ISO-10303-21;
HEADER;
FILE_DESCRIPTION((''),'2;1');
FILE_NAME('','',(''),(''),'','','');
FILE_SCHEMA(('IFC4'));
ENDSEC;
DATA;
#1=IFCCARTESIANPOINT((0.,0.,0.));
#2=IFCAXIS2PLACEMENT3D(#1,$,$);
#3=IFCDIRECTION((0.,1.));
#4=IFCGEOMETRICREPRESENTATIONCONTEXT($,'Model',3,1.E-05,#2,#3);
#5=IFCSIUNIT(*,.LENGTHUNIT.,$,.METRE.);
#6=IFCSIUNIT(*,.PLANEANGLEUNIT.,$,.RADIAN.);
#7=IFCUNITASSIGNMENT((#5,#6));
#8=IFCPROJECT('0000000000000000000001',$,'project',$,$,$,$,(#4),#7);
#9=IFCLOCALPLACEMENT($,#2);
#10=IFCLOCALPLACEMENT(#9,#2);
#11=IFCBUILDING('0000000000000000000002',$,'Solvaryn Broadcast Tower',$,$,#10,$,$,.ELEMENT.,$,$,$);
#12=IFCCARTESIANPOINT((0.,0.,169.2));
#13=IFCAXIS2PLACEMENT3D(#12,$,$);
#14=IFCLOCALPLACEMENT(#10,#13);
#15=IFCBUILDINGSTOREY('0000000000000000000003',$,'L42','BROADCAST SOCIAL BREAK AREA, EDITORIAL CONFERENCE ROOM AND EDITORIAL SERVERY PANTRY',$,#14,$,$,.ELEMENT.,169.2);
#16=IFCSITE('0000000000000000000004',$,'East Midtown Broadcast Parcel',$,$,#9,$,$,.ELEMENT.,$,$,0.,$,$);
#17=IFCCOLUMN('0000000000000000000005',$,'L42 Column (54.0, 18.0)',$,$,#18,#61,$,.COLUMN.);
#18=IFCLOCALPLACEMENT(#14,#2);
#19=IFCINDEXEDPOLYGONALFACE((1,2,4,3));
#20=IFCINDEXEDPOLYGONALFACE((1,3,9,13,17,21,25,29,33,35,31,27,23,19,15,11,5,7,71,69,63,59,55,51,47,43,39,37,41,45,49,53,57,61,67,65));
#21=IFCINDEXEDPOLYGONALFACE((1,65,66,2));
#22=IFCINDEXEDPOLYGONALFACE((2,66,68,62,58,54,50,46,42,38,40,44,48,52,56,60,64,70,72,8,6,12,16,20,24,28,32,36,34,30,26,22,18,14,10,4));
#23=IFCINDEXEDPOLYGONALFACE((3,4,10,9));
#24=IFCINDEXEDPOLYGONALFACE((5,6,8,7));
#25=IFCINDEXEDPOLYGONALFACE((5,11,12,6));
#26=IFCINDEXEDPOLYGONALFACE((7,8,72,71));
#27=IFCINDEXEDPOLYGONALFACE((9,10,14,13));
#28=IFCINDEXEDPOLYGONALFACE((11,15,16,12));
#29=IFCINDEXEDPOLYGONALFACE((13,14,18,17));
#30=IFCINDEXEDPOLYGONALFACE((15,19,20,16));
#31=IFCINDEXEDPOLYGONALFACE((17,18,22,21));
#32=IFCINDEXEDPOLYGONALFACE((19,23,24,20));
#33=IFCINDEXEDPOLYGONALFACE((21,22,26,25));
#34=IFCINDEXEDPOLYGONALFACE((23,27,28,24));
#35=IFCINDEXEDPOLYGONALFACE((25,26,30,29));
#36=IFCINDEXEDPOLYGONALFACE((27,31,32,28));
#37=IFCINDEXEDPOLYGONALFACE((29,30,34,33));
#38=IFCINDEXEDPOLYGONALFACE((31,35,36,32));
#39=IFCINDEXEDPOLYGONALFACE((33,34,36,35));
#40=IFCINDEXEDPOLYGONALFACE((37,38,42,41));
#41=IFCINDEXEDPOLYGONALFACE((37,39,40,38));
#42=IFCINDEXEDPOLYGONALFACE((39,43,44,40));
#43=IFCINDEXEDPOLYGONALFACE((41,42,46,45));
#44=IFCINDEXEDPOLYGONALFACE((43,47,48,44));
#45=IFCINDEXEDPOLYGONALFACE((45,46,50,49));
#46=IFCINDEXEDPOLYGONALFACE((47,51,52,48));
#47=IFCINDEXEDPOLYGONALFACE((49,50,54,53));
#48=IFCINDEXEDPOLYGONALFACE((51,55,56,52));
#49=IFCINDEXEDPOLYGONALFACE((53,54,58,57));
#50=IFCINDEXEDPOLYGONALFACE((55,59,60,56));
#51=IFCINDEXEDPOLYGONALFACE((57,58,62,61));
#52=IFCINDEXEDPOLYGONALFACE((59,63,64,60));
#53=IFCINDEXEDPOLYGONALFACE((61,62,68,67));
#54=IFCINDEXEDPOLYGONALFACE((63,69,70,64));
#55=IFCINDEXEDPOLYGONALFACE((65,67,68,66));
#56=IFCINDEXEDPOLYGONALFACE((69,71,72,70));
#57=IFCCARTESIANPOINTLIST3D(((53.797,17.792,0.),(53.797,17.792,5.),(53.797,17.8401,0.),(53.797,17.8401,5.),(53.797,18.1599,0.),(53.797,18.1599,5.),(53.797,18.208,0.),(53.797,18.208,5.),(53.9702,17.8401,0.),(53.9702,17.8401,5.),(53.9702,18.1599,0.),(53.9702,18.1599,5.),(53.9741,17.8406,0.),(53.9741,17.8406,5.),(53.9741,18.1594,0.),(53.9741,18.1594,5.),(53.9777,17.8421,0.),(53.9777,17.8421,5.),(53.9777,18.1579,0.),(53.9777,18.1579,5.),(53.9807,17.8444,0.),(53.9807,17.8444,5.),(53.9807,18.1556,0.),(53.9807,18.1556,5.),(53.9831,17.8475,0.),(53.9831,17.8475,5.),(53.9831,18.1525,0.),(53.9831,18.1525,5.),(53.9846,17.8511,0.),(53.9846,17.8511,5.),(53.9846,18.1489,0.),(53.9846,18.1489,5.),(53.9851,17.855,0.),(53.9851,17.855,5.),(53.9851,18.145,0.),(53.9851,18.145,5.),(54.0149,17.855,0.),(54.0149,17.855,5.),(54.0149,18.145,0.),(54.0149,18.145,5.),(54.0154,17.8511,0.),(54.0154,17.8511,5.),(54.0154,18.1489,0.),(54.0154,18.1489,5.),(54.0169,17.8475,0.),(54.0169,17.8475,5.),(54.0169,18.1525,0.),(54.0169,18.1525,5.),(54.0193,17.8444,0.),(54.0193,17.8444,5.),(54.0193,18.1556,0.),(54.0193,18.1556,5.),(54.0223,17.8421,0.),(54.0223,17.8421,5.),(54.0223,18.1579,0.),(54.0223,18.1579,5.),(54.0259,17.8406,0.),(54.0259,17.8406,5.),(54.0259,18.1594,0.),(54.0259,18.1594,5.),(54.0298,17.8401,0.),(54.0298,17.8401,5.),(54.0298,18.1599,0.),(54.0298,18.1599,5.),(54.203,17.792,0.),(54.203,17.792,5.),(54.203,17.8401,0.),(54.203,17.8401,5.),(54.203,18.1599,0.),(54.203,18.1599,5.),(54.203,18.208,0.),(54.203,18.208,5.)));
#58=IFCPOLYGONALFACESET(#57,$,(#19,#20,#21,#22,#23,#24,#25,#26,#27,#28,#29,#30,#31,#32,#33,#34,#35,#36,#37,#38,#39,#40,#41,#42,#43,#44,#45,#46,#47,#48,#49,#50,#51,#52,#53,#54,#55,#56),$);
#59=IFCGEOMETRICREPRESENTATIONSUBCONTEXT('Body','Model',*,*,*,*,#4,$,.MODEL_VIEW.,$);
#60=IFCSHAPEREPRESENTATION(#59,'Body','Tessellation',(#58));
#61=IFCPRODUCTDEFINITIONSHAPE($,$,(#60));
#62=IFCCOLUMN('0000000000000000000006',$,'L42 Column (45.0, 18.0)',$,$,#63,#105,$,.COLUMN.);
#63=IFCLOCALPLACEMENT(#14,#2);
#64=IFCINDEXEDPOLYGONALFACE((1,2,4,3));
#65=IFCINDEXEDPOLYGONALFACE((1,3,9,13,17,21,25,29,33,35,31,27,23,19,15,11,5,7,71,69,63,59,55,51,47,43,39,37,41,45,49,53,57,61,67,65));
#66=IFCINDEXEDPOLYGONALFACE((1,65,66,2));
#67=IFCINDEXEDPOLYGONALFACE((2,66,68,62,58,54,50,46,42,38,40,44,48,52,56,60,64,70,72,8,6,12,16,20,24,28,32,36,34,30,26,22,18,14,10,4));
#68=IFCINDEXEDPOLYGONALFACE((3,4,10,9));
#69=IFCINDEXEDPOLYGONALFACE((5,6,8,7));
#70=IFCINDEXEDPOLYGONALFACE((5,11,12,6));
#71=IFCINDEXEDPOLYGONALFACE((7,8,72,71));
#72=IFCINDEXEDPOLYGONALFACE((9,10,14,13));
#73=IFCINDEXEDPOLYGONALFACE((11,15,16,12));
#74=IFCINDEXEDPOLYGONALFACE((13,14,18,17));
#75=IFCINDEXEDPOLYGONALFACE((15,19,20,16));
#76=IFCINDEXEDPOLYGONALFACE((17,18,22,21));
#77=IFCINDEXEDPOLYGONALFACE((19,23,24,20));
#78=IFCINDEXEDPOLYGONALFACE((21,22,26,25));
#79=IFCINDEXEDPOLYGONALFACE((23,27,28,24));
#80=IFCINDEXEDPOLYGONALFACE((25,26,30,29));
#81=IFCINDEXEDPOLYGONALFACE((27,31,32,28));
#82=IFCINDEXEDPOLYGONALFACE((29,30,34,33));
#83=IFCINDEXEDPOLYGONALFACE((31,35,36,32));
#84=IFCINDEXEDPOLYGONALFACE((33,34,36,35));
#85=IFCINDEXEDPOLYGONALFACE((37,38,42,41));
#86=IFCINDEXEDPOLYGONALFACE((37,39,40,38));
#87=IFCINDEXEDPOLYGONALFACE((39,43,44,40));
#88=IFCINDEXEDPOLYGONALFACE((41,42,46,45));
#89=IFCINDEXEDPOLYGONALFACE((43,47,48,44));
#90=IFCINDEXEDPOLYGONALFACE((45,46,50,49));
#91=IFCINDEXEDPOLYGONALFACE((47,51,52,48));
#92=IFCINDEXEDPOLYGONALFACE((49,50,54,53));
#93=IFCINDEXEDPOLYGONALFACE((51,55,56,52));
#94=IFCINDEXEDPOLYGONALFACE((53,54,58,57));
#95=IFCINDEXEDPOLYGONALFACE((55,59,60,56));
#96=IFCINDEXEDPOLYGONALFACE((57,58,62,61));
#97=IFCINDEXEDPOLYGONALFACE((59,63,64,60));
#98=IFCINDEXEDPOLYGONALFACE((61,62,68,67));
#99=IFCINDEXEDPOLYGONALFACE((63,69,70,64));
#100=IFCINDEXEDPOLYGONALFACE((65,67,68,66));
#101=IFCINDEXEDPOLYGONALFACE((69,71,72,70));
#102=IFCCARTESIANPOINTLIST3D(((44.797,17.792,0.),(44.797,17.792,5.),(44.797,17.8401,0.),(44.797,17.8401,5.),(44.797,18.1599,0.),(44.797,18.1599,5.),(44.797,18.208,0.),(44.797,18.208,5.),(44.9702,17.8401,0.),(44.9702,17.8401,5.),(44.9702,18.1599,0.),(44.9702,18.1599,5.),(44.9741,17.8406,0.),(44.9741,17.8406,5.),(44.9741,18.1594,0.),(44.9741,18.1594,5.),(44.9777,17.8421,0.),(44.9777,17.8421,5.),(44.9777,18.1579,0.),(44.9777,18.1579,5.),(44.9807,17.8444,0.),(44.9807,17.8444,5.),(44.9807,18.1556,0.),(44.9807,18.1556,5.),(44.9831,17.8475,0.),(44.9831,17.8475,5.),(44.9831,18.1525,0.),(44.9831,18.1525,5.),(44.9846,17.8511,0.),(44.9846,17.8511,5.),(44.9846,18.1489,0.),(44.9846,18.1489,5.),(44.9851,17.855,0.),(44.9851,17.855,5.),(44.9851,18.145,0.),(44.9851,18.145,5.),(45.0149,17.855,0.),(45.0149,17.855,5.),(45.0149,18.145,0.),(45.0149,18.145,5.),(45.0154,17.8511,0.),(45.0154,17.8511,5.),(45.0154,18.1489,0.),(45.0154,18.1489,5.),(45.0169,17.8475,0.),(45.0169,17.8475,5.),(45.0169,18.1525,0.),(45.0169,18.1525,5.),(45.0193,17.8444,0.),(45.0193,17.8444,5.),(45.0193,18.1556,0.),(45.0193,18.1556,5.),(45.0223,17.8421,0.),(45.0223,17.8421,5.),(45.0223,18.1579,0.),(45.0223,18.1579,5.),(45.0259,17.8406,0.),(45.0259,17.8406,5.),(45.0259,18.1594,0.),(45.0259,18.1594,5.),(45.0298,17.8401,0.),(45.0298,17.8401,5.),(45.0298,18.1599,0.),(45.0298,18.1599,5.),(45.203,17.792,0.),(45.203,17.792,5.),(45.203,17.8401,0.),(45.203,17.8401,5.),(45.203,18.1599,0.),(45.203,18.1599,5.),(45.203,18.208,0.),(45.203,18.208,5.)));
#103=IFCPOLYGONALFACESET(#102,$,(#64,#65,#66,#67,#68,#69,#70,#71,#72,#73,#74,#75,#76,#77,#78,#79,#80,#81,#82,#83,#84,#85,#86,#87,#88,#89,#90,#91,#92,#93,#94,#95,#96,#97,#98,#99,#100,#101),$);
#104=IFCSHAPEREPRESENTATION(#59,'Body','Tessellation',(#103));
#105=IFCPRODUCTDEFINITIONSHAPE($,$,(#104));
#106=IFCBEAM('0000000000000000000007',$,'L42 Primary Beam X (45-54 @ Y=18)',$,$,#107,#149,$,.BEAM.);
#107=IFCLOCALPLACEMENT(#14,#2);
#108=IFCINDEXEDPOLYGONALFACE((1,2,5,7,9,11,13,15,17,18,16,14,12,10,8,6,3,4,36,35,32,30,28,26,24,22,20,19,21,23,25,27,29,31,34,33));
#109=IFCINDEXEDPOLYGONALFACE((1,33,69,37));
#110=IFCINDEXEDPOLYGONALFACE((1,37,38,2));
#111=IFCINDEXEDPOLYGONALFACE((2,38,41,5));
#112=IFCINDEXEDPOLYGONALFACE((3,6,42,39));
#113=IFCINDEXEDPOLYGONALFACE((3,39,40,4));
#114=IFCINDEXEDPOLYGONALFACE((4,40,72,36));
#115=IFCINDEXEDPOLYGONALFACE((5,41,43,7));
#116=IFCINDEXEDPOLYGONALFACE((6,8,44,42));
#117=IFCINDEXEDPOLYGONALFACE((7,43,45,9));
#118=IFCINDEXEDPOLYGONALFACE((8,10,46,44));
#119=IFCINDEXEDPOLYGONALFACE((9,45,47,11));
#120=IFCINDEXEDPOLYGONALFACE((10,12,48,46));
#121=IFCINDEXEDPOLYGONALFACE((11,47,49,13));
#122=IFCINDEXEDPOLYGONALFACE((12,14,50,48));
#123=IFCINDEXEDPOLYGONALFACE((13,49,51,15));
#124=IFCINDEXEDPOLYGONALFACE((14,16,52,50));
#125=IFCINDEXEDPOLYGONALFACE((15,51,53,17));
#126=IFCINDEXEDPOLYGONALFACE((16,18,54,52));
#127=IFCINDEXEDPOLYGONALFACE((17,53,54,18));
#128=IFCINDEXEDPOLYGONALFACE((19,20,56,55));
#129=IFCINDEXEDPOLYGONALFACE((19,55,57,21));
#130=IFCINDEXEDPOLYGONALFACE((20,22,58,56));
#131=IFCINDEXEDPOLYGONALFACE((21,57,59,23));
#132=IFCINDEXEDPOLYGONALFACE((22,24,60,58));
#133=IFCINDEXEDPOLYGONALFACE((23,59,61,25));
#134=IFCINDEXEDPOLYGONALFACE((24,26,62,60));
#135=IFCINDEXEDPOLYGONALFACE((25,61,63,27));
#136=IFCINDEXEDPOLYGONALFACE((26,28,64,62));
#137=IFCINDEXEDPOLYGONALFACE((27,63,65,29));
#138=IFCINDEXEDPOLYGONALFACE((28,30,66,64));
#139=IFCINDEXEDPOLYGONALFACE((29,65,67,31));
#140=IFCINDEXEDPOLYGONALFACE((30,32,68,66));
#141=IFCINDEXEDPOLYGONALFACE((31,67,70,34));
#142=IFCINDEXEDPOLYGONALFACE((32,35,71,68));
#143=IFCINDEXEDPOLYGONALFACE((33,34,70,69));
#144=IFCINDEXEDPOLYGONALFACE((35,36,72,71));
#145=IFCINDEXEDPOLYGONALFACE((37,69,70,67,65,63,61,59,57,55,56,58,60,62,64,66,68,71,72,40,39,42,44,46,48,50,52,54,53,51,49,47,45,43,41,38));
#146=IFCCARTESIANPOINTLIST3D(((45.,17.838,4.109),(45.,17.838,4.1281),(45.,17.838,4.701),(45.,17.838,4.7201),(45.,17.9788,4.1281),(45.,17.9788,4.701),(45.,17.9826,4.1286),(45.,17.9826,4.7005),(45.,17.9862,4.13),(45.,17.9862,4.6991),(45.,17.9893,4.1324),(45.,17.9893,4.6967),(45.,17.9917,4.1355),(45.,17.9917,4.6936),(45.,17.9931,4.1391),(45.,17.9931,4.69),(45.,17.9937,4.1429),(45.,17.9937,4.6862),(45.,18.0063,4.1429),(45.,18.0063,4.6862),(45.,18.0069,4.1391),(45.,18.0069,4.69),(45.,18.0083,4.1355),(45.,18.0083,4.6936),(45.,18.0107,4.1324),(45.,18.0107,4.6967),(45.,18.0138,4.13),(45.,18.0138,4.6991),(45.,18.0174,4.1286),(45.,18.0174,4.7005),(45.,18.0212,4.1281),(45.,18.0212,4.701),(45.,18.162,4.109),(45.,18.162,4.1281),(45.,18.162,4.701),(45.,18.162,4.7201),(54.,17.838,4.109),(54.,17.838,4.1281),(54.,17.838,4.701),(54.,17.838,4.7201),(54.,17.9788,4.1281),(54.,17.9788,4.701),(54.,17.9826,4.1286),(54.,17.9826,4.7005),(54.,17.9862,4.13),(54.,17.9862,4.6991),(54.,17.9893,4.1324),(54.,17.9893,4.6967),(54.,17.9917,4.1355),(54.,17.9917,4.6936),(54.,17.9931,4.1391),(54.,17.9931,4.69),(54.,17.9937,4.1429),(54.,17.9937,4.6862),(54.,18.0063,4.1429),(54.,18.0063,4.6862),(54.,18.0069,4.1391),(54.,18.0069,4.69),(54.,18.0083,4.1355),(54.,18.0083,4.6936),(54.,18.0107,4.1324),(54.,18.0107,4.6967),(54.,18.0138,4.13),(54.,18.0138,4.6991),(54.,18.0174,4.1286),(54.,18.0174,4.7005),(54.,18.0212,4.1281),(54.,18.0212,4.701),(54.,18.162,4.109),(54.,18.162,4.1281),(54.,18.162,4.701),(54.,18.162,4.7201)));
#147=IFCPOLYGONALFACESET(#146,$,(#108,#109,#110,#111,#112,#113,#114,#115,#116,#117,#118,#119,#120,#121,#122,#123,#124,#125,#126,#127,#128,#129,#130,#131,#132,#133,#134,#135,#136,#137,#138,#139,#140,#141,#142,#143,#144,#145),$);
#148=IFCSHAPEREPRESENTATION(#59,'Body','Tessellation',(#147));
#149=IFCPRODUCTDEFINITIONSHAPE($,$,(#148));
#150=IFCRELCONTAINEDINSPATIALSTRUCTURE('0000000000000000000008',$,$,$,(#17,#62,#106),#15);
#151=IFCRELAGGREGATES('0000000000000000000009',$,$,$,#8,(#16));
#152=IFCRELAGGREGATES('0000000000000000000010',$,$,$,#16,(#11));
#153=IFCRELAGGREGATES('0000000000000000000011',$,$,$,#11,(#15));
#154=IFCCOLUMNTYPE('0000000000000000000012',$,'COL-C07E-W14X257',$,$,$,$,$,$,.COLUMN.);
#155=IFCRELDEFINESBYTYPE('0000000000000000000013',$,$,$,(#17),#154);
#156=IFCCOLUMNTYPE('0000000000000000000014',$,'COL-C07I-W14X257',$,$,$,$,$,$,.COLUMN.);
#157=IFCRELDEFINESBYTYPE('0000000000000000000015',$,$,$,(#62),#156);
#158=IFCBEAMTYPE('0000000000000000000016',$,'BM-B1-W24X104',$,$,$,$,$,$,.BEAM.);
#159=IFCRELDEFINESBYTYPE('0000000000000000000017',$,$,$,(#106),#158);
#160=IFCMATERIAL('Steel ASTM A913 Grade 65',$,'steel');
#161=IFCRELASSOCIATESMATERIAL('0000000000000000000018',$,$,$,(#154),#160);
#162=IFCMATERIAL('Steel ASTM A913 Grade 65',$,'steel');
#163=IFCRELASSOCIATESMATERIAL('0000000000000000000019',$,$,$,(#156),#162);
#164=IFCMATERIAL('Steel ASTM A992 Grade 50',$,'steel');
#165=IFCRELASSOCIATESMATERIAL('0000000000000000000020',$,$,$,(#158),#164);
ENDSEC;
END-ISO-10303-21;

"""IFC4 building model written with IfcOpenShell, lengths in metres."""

from ifc_helpers import new_model, si_unit, direction, frame, origin, origin_2d, place, context, subcontext, project, spatial, i_section, extrude, material, material_profile, profile_set, type_object, element, save


model = new_model("IFC4")

# Units and contexts
model_context = context("Model", 3, precision=1e-05, world=origin(), true_north=direction((0.0, 1.0)))
body_context = subcontext(model_context, "Body", "Model", "MODEL_VIEW")
ifc_project = project(units=[si_unit("LENGTHUNIT", "METRE"), si_unit("PLANEANGLEUNIT", "RADIAN")], contexts=[model_context])

# Site, building, storey
site_placement = place(None, origin())
site = spatial("IfcSite", under=ifc_project, at=site_placement, Name="East Midtown Broadcast Parcel", CompositionType="ELEMENT", RefElevation=0.0)
building_placement = place(site_placement, origin())
building = spatial("IfcBuilding", under=site, at=building_placement, Name="Solvaryn Broadcast Tower", CompositionType="ELEMENT")
storey_placement = place(building_placement, frame((0.0, 0.0, 169.2)))
storey = spatial("IfcBuildingStorey", under=building, at=storey_placement, Name="L42", Description="BROADCAST SOCIAL BREAK AREA, EDITORIAL CONFERENCE ROOM AND EDITORIAL SERVERY PANTRY", CompositionType="ELEMENT", Elevation=169.2)

# Columns
ifc_material_1 = material(Name="Steel ASTM A913 Grade 65", Category="steel")
ifc_material_profile_1 = material_profile(ifc_material_1, i_section(OverallWidth=0.406, OverallDepth=0.416, WebThickness=0.0298, FlangeThickness=0.0481, FilletRadius=0.0149, at=origin_2d()))
ifc_profile_set_1 = profile_set([ifc_material_profile_1], Name="Steel ASTM A913 Grade 65")
column_type_1 = type_object("IfcColumnType", Name="COL-C07E-W14X257", PredefinedType="COLUMN", material=ifc_profile_set_1)
column_1_placement = place(storey_placement, frame((54.0, 18.0, 0.0), z_axis=(0.0, 0.0, 1.0), x_axis=(1.0, 0.0, 0.0)))
element("IfcColumn", 1, at=column_1_placement, inside=storey, type_object=column_type_1, Name="L42 Column (54.0, 18.0)", PredefinedType="COLUMN", context=body_context, shape_type="SweptSolid", body=[
    extrude(i_section(OverallWidth=0.406, OverallDepth=0.416, WebThickness=0.0298, FlangeThickness=0.0481, FilletRadius=0.0149, at=origin_2d()), origin(), (0.0, 0.0, 1.0), 5.0),
])
ifc_material_2 = material(Name="Steel ASTM A913 Grade 65", Category="steel")
ifc_material_profile_2 = material_profile(ifc_material_2, i_section(OverallWidth=0.406, OverallDepth=0.416, WebThickness=0.0298, FlangeThickness=0.0481, FilletRadius=0.0149, at=origin_2d()))
ifc_profile_set_2 = profile_set([ifc_material_profile_2], Name="Steel ASTM A913 Grade 65")
column_type_2 = type_object("IfcColumnType", Name="COL-C07I-W14X257", PredefinedType="COLUMN", material=ifc_profile_set_2)
column_2_placement = place(storey_placement, frame((45.0, 18.0, 0.0), z_axis=(0.0, 0.0, 1.0), x_axis=(1.0, 0.0, 0.0)))
element("IfcColumn", 2, at=column_2_placement, inside=storey, type_object=column_type_2, Name="L42 Column (45.0, 18.0)", PredefinedType="COLUMN", context=body_context, shape_type="SweptSolid", body=[
    extrude(i_section(OverallWidth=0.406, OverallDepth=0.416, WebThickness=0.0298, FlangeThickness=0.0481, FilletRadius=0.0149, at=origin_2d()), origin(), (0.0, 0.0, 1.0), 5.0),
])

# Beam
ifc_material_3 = material(Name="Steel ASTM A992 Grade 50", Category="steel")
ifc_material_profile_3 = material_profile(ifc_material_3, i_section(OverallWidth=0.324, OverallDepth=0.6111, WebThickness=0.0127, FlangeThickness=0.019, FilletRadius=0.0149, at=origin_2d()))
ifc_profile_set_3 = profile_set([ifc_material_profile_3], Name="Steel ASTM A992 Grade 50")
beam_type_1 = type_object("IfcBeamType", Name="BM-B1-W24X104", PredefinedType="BEAM", material=ifc_profile_set_3)
beam_1_placement = place(storey_placement, frame((45.0, 18.0, 4.4146), z_axis=(1.0, 0.0, 0.0), x_axis=(0.0, 1.0, 0.0)))
element("IfcBeam", 3, at=beam_1_placement, inside=storey, type_object=beam_type_1, Name="L42 Primary Beam X (45-54 @ Y=18)", PredefinedType="BEAM", context=body_context, shape_type="SweptSolid", body=[
    extrude(i_section(OverallWidth=0.324, OverallDepth=0.6111, WebThickness=0.0127, FlangeThickness=0.019, FilletRadius=0.0149, at=origin_2d()), origin(), (0.0, 0.0, 1.0), 9.0),
])

save(model, "model.ifc")
